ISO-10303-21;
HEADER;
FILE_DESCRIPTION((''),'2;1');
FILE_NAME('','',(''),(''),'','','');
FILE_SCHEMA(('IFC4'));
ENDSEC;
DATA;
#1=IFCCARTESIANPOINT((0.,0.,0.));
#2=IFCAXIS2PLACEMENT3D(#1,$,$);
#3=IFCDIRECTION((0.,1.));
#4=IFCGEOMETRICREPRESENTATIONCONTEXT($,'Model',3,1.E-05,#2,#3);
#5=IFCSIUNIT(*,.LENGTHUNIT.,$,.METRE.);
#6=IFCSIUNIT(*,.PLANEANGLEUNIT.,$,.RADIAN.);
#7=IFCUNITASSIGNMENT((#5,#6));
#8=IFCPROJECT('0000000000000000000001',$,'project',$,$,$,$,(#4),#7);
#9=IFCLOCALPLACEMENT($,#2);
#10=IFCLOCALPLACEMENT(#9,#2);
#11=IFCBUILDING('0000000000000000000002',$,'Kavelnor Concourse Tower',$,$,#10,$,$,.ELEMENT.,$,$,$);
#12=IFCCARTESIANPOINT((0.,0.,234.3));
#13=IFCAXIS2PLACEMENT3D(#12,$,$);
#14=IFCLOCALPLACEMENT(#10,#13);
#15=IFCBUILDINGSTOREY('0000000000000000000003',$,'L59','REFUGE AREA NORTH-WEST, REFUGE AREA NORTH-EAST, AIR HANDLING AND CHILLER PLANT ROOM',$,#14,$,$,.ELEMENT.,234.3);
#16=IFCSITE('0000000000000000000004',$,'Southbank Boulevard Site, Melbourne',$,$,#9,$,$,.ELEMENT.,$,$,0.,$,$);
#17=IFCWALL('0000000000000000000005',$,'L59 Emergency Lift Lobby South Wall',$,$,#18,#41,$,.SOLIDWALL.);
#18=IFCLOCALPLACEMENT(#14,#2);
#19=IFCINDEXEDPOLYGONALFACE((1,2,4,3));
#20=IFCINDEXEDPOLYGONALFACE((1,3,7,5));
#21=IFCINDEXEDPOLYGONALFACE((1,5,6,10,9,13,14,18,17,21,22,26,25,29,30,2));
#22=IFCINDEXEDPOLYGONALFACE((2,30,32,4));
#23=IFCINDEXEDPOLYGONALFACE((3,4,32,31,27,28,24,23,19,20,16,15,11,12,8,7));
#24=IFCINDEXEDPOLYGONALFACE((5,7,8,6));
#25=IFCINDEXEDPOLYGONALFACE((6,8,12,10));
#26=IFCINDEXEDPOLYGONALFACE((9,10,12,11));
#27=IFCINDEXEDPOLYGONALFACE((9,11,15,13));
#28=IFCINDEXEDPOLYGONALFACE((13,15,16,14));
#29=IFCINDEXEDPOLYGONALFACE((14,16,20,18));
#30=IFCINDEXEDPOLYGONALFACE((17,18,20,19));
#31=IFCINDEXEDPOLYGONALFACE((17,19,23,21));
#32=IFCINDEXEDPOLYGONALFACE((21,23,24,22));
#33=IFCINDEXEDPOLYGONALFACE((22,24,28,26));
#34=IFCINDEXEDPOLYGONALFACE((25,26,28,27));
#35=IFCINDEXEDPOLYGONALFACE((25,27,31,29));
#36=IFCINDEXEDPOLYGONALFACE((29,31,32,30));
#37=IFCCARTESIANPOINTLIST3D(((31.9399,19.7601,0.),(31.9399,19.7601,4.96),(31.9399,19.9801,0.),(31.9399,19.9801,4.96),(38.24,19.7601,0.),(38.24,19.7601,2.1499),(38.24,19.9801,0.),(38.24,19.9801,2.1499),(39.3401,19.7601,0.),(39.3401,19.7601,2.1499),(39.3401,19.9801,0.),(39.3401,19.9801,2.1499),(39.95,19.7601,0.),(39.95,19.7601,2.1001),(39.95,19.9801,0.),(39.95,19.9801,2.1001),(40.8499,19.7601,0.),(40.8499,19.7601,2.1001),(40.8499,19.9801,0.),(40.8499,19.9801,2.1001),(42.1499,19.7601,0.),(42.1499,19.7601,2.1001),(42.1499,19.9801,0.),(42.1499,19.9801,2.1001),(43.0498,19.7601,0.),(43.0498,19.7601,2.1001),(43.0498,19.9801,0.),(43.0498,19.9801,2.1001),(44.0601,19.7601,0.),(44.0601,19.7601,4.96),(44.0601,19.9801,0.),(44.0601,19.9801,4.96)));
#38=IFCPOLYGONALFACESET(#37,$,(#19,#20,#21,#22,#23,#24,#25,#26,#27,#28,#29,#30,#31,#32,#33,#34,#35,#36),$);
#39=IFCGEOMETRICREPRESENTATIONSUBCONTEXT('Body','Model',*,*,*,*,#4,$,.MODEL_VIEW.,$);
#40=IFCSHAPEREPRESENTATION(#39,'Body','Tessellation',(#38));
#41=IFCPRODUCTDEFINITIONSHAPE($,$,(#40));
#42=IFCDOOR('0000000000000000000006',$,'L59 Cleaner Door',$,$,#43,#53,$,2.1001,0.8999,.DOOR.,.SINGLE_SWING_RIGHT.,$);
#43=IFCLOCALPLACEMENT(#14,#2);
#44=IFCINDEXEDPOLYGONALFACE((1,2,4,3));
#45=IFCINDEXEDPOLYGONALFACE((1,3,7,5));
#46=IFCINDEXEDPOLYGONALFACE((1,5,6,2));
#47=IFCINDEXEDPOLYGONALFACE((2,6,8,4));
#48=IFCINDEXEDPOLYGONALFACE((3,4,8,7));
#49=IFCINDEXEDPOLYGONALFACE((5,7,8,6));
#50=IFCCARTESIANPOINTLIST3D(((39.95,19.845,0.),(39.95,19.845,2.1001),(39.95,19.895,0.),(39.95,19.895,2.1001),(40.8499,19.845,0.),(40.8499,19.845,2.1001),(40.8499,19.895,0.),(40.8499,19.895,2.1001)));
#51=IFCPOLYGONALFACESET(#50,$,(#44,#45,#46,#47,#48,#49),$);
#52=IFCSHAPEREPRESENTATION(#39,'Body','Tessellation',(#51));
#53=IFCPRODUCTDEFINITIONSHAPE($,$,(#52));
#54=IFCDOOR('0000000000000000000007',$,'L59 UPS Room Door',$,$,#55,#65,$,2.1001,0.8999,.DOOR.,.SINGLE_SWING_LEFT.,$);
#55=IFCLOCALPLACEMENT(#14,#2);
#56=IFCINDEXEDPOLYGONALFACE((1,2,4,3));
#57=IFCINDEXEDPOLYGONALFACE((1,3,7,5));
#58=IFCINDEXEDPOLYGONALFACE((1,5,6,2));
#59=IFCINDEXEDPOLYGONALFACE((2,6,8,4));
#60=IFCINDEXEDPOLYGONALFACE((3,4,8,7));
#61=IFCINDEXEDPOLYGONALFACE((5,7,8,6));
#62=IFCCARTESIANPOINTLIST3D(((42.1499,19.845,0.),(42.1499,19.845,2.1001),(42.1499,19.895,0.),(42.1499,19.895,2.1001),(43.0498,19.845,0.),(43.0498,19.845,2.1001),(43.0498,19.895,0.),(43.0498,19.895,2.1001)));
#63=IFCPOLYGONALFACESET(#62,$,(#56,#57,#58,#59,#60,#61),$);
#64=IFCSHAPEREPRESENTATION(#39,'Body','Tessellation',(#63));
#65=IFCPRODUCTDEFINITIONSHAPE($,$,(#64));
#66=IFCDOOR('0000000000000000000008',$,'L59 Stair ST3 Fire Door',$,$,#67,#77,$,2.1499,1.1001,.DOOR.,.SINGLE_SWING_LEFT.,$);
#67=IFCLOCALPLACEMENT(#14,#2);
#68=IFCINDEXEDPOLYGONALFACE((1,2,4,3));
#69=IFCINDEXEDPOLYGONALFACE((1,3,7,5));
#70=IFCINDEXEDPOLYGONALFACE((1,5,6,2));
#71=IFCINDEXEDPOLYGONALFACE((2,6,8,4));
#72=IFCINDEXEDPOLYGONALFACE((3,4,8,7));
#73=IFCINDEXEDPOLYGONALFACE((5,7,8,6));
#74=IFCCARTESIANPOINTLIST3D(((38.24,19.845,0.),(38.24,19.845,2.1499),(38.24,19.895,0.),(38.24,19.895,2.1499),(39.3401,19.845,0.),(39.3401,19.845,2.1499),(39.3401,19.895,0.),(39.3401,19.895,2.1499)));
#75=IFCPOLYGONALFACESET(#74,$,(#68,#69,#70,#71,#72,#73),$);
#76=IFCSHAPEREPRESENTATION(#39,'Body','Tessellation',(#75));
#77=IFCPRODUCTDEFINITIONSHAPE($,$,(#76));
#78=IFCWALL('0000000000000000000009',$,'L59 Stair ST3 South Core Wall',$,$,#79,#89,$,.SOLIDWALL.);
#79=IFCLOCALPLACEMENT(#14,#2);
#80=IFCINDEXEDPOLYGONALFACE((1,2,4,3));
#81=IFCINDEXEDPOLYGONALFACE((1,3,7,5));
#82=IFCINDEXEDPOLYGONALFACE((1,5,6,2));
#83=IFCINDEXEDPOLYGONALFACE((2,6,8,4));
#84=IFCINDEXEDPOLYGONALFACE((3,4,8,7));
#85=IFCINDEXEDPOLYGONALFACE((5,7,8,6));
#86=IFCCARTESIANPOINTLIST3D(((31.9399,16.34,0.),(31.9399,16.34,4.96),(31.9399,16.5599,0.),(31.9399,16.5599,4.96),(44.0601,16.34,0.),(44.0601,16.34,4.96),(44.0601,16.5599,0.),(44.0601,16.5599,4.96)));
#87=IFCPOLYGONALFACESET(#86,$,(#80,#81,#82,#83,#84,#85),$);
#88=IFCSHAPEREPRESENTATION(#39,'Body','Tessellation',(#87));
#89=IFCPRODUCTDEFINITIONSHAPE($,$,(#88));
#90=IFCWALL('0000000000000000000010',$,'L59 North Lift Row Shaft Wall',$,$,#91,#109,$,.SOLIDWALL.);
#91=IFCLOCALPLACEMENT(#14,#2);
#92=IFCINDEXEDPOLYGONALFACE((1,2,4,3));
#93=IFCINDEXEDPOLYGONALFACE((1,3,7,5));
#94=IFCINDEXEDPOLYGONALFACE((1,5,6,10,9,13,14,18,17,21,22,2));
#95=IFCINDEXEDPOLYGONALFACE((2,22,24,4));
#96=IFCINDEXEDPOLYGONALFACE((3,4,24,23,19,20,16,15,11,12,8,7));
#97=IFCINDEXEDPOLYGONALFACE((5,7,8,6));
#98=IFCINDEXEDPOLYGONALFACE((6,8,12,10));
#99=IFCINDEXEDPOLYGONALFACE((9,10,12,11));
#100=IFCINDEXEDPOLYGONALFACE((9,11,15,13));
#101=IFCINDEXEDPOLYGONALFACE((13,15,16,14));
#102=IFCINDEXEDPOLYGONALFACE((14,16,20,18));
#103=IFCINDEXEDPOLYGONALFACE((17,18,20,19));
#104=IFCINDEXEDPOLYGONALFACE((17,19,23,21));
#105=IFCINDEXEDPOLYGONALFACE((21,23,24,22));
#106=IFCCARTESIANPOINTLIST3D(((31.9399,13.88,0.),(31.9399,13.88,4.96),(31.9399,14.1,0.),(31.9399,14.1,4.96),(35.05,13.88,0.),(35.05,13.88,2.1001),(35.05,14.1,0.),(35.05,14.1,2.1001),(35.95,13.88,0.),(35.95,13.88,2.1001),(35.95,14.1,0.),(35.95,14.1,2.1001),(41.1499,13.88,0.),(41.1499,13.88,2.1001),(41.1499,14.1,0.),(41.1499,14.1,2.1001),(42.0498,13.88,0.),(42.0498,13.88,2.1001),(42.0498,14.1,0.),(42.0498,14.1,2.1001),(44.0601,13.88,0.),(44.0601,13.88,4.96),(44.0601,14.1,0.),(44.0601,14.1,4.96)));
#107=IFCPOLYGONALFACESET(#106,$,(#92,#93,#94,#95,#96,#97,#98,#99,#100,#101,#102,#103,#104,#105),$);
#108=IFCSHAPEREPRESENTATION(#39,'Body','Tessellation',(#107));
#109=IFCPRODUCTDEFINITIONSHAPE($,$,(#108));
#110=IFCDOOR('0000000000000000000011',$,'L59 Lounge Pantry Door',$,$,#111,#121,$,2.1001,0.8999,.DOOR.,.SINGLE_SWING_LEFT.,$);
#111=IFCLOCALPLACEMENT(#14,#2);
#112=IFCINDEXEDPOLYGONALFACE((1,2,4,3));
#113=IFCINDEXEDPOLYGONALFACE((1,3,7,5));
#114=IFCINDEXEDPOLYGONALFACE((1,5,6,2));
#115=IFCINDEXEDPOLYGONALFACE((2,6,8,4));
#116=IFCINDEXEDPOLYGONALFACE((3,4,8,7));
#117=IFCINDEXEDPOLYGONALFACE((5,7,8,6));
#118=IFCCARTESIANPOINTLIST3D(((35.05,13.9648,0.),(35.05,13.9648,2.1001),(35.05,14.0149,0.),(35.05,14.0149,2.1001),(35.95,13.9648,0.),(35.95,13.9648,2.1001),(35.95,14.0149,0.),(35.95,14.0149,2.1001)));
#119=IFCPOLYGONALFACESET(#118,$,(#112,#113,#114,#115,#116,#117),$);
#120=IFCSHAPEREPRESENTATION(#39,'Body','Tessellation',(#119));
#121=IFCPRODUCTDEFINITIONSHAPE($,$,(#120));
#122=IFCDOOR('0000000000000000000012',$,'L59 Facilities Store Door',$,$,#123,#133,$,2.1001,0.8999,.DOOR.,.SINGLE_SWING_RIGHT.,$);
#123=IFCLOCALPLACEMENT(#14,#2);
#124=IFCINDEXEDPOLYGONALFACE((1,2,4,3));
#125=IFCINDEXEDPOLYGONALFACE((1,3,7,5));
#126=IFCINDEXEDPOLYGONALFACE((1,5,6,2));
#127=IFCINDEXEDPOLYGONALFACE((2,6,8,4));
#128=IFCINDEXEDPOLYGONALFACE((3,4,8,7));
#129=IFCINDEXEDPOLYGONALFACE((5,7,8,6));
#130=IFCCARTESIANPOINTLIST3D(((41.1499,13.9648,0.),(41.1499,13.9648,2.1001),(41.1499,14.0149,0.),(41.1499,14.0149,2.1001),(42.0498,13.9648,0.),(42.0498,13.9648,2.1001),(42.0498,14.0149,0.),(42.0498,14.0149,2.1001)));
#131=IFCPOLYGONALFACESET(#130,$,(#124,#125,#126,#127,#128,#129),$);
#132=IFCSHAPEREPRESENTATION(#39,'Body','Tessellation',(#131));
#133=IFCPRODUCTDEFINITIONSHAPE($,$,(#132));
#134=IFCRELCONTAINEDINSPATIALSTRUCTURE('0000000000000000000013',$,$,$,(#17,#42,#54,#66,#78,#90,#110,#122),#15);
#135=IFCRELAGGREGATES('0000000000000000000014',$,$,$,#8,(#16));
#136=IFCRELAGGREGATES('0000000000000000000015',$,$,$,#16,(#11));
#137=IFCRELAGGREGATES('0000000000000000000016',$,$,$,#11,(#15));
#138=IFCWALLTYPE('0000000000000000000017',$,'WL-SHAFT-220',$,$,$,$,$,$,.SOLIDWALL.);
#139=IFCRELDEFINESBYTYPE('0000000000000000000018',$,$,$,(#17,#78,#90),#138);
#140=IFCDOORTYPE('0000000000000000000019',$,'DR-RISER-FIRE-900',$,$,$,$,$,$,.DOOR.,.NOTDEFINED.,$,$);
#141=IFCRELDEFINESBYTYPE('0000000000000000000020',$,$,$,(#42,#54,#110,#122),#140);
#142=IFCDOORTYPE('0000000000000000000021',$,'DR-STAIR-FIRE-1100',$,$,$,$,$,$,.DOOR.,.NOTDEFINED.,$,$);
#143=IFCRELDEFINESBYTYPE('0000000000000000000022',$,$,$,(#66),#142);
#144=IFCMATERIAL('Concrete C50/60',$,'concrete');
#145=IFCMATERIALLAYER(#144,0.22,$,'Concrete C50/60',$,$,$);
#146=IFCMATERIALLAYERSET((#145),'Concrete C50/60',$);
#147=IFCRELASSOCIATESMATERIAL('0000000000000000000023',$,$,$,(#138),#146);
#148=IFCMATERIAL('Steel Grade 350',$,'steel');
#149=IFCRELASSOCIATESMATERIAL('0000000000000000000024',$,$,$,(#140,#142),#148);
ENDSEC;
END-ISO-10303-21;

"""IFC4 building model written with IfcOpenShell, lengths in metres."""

from ifc_helpers import new_model, si_unit, direction, frame, frame_2d, origin, place, context, subcontext, project, spatial, rectangle, extrude, material, layer, layer_set, type_object, element, fill, save


model = new_model("IFC4")

# Units and contexts
model_context = context("Model", 3, precision=1e-05, world=origin(), true_north=direction((0.0, 1.0)))
body_context = subcontext(model_context, "Body", "Model", "MODEL_VIEW")
ifc_project = project(units=[si_unit("LENGTHUNIT", "METRE"), si_unit("PLANEANGLEUNIT", "RADIAN")], contexts=[model_context])

# Site, building, storey
site_placement = place(None, origin())
site = spatial("IfcSite", under=ifc_project, at=site_placement, Name="Southbank Boulevard Site, Melbourne", CompositionType="ELEMENT", RefElevation=0.0)
building_placement = place(site_placement, origin())
building = spatial("IfcBuilding", under=site, at=building_placement, Name="Kavelnor Concourse Tower", CompositionType="ELEMENT")
storey_placement = place(building_placement, frame((0.0, 0.0, 234.3)))
storey = spatial("IfcBuildingStorey", under=building, at=storey_placement, Name="L59", Description="REFUGE AREA NORTH-WEST, REFUGE AREA NORTH-EAST, AIR HANDLING AND CHILLER PLANT ROOM", CompositionType="ELEMENT", Elevation=234.3)

# Shared definitions
ifc_material_1 = material(Name="Steel Grade 350", Category="steel")

# Wall, openings, doors
ifc_material_2 = material(Name="Concrete C50/60", Category="concrete")
ifc_layer_1 = layer(ifc_material_2, 0.22, Name="Concrete C50/60")
ifc_layer_set_1 = layer_set([ifc_layer_1], Name="Concrete C50/60")
wall_type_1 = type_object("IfcWallType", Name="WL-SHAFT-220", PredefinedType="SOLIDWALL", material=ifc_layer_set_1)
wall_1_placement = place(storey_placement, frame((31.9399, 19.8701, 0.0), z_axis=(0.0, 0.0, 1.0), x_axis=(1.0, 0.0, 0.0)))
wall_1 = element("IfcWall", 1, at=wall_1_placement, inside=storey, type_object=wall_type_1, Name="L59 Emergency Lift Lobby South Wall", PredefinedType="SOLIDWALL", context=body_context, shape_type="SweptSolid", body=[
    extrude(rectangle(XDim=12.1201, YDim=0.22, at=frame_2d((6.0601, 0.0))), origin(), (0.0, 0.0, 1.0), 4.96),
])
opening_1_placement = place(wall_1_placement, frame((6.3, 0.0, 0.0)))
opening_1 = element("IfcOpeningElement", 2, at=opening_1_placement, cuts=wall_1, PredefinedType="OPENING", context=body_context, shape_type="SweptSolid", body=[
    extrude(rectangle(XDim=1.1001, YDim=2.1499, at=frame_2d((0.55, 1.075))), frame((0.0, 0.1201, 0.0), z_axis=(0.0, -1.0, 0.0), x_axis=(1.0, 0.0, 0.0)), (0.0, 0.0, 1.0), 0.24),
])
opening_2_placement = place(wall_1_placement, frame((8.01, 0.0, 0.0)))
opening_2 = element("IfcOpeningElement", 3, at=opening_2_placement, cuts=wall_1, PredefinedType="OPENING", context=body_context, shape_type="SweptSolid", body=[
    extrude(rectangle(XDim=0.8999, YDim=2.1001, at=frame_2d((0.45, 1.05))), frame((0.0, 0.1201, 0.0), z_axis=(0.0, -1.0, 0.0), x_axis=(1.0, 0.0, 0.0)), (0.0, 0.0, 1.0), 0.24),
])
opening_3_placement = place(wall_1_placement, frame((10.21, 0.0, 0.0)))
opening_3 = element("IfcOpeningElement", 4, at=opening_3_placement, cuts=wall_1, PredefinedType="OPENING", context=body_context, shape_type="SweptSolid", body=[
    extrude(rectangle(XDim=0.8999, YDim=2.1001, at=frame_2d((0.45, 1.05))), frame((0.0, 0.1201, 0.0), z_axis=(0.0, -1.0, 0.0), x_axis=(1.0, 0.0, 0.0)), (0.0, 0.0, 1.0), 0.24),
])
door_type_1 = type_object("IfcDoorType", Name="DR-RISER-FIRE-900", OperationType="NOTDEFINED", PredefinedType="DOOR", material=ifc_material_1)
door_1_placement = place(opening_2_placement, origin())
door_1 = element("IfcDoor", 5, at=door_1_placement, inside=storey, type_object=door_type_1, Name="L59 Cleaner Door", OperationType="SINGLE_SWING_RIGHT", OverallHeight=2.1001, OverallWidth=0.8999, PredefinedType="DOOR", context=body_context, shape_type="SweptSolid", body=[
    extrude(rectangle(XDim=0.8999, YDim=2.1001, at=frame_2d((0.45, 1.05))), frame((0.0, 0.0249, 0.0), z_axis=(0.0, -1.0, 0.0), x_axis=(1.0, 0.0, 0.0)), (0.0, 0.0, 1.0), 0.05),
])
fill(opening_2, door_1)
door_2_placement = place(opening_3_placement, origin())
door_2 = element("IfcDoor", 6, at=door_2_placement, inside=storey, type_object=door_type_1, Name="L59 UPS Room Door", OperationType="SINGLE_SWING_LEFT", OverallHeight=2.1001, OverallWidth=0.8999, PredefinedType="DOOR", context=body_context, shape_type="SweptSolid", body=[
    extrude(rectangle(XDim=0.8999, YDim=2.1001, at=frame_2d((0.45, 1.05))), frame((0.0, 0.0249, 0.0), z_axis=(0.0, -1.0, 0.0), x_axis=(1.0, 0.0, 0.0)), (0.0, 0.0, 1.0), 0.05),
])
fill(opening_3, door_2)
door_type_2 = type_object("IfcDoorType", Name="DR-STAIR-FIRE-1100", OperationType="NOTDEFINED", PredefinedType="DOOR", material=ifc_material_1)
door_3_placement = place(opening_1_placement, origin())
door_3 = element("IfcDoor", 7, at=door_3_placement, inside=storey, type_object=door_type_2, Name="L59 Stair ST3 Fire Door", OperationType="SINGLE_SWING_LEFT", OverallHeight=2.1499, OverallWidth=1.1001, PredefinedType="DOOR", context=body_context, shape_type="SweptSolid", body=[
    extrude(rectangle(XDim=1.1001, YDim=2.1499, at=frame_2d((0.55, 1.075))), frame((0.0, 0.0249, 0.0), z_axis=(0.0, -1.0, 0.0), x_axis=(1.0, 0.0, 0.0)), (0.0, 0.0, 1.0), 0.05),
])
fill(opening_1, door_3)

# Wall
wall_2_placement = place(storey_placement, frame((31.9399, 16.45, 0.0), z_axis=(0.0, 0.0, 1.0), x_axis=(1.0, 0.0, 0.0)))
element("IfcWall", 8, at=wall_2_placement, inside=storey, type_object=wall_type_1, Name="L59 Stair ST3 South Core Wall", PredefinedType="SOLIDWALL", context=body_context, shape_type="SweptSolid", body=[
    extrude(rectangle(XDim=12.1201, YDim=0.22, at=frame_2d((6.0601, 0.0))), origin(), (0.0, 0.0, 1.0), 4.96),
])

# Wall, openings, doors
wall_3_placement = place(storey_placement, frame((31.9399, 13.99, 0.0), z_axis=(0.0, 0.0, 1.0), x_axis=(1.0, 0.0, 0.0)))
wall_3 = element("IfcWall", 9, at=wall_3_placement, inside=storey, type_object=wall_type_1, Name="L59 North Lift Row Shaft Wall", PredefinedType="SOLIDWALL", context=body_context, shape_type="SweptSolid", body=[
    extrude(rectangle(XDim=12.1201, YDim=0.22, at=frame_2d((6.0601, 0.0))), origin(), (0.0, 0.0, 1.0), 4.96),
])
opening_4_placement = place(wall_3_placement, frame((3.1101, 0.0, 0.0)))
opening_4 = element("IfcOpeningElement", 10, at=opening_4_placement, cuts=wall_3, PredefinedType="OPENING", context=body_context, shape_type="SweptSolid", body=[
    extrude(rectangle(XDim=0.8999, YDim=2.1001, at=frame_2d((0.45, 1.05))), frame((0.0, 0.1201, 0.0), z_axis=(0.0, -1.0, 0.0), x_axis=(1.0, 0.0, 0.0)), (0.0, 0.0, 1.0), 0.24),
])
opening_5_placement = place(wall_3_placement, frame((9.21, 0.0, 0.0)))
opening_5 = element("IfcOpeningElement", 11, at=opening_5_placement, cuts=wall_3, PredefinedType="OPENING", context=body_context, shape_type="SweptSolid", body=[
    extrude(rectangle(XDim=0.8999, YDim=2.1001, at=frame_2d((0.45, 1.05))), frame((0.0, 0.1201, 0.0), z_axis=(0.0, -1.0, 0.0), x_axis=(1.0, 0.0, 0.0)), (0.0, 0.0, 1.0), 0.24),
])
door_4_placement = place(opening_4_placement, origin())
door_4 = element("IfcDoor", 12, at=door_4_placement, inside=storey, type_object=door_type_1, Name="L59 Lounge Pantry Door", OperationType="SINGLE_SWING_LEFT", OverallHeight=2.1001, OverallWidth=0.8999, PredefinedType="DOOR", context=body_context, shape_type="SweptSolid", body=[
    extrude(rectangle(XDim=0.8999, YDim=2.1001, at=frame_2d((0.45, 1.05))), frame((0.0, 0.0249, 0.0), z_axis=(0.0, -1.0, 0.0), x_axis=(1.0, 0.0, 0.0)), (0.0, 0.0, 1.0), 0.05),
])
fill(opening_4, door_4)
door_5_placement = place(opening_5_placement, origin())
door_5 = element("IfcDoor", 13, at=door_5_placement, inside=storey, type_object=door_type_1, Name="L59 Facilities Store Door", OperationType="SINGLE_SWING_RIGHT", OverallHeight=2.1001, OverallWidth=0.8999, PredefinedType="DOOR", context=body_context, shape_type="SweptSolid", body=[
    extrude(rectangle(XDim=0.8999, YDim=2.1001, at=frame_2d((0.45, 1.05))), frame((0.0, 0.0249, 0.0), z_axis=(0.0, -1.0, 0.0), x_axis=(1.0, 0.0, 0.0)), (0.0, 0.0, 1.0), 0.05),
])
fill(opening_5, door_5)

save(model, "model.ifc")
